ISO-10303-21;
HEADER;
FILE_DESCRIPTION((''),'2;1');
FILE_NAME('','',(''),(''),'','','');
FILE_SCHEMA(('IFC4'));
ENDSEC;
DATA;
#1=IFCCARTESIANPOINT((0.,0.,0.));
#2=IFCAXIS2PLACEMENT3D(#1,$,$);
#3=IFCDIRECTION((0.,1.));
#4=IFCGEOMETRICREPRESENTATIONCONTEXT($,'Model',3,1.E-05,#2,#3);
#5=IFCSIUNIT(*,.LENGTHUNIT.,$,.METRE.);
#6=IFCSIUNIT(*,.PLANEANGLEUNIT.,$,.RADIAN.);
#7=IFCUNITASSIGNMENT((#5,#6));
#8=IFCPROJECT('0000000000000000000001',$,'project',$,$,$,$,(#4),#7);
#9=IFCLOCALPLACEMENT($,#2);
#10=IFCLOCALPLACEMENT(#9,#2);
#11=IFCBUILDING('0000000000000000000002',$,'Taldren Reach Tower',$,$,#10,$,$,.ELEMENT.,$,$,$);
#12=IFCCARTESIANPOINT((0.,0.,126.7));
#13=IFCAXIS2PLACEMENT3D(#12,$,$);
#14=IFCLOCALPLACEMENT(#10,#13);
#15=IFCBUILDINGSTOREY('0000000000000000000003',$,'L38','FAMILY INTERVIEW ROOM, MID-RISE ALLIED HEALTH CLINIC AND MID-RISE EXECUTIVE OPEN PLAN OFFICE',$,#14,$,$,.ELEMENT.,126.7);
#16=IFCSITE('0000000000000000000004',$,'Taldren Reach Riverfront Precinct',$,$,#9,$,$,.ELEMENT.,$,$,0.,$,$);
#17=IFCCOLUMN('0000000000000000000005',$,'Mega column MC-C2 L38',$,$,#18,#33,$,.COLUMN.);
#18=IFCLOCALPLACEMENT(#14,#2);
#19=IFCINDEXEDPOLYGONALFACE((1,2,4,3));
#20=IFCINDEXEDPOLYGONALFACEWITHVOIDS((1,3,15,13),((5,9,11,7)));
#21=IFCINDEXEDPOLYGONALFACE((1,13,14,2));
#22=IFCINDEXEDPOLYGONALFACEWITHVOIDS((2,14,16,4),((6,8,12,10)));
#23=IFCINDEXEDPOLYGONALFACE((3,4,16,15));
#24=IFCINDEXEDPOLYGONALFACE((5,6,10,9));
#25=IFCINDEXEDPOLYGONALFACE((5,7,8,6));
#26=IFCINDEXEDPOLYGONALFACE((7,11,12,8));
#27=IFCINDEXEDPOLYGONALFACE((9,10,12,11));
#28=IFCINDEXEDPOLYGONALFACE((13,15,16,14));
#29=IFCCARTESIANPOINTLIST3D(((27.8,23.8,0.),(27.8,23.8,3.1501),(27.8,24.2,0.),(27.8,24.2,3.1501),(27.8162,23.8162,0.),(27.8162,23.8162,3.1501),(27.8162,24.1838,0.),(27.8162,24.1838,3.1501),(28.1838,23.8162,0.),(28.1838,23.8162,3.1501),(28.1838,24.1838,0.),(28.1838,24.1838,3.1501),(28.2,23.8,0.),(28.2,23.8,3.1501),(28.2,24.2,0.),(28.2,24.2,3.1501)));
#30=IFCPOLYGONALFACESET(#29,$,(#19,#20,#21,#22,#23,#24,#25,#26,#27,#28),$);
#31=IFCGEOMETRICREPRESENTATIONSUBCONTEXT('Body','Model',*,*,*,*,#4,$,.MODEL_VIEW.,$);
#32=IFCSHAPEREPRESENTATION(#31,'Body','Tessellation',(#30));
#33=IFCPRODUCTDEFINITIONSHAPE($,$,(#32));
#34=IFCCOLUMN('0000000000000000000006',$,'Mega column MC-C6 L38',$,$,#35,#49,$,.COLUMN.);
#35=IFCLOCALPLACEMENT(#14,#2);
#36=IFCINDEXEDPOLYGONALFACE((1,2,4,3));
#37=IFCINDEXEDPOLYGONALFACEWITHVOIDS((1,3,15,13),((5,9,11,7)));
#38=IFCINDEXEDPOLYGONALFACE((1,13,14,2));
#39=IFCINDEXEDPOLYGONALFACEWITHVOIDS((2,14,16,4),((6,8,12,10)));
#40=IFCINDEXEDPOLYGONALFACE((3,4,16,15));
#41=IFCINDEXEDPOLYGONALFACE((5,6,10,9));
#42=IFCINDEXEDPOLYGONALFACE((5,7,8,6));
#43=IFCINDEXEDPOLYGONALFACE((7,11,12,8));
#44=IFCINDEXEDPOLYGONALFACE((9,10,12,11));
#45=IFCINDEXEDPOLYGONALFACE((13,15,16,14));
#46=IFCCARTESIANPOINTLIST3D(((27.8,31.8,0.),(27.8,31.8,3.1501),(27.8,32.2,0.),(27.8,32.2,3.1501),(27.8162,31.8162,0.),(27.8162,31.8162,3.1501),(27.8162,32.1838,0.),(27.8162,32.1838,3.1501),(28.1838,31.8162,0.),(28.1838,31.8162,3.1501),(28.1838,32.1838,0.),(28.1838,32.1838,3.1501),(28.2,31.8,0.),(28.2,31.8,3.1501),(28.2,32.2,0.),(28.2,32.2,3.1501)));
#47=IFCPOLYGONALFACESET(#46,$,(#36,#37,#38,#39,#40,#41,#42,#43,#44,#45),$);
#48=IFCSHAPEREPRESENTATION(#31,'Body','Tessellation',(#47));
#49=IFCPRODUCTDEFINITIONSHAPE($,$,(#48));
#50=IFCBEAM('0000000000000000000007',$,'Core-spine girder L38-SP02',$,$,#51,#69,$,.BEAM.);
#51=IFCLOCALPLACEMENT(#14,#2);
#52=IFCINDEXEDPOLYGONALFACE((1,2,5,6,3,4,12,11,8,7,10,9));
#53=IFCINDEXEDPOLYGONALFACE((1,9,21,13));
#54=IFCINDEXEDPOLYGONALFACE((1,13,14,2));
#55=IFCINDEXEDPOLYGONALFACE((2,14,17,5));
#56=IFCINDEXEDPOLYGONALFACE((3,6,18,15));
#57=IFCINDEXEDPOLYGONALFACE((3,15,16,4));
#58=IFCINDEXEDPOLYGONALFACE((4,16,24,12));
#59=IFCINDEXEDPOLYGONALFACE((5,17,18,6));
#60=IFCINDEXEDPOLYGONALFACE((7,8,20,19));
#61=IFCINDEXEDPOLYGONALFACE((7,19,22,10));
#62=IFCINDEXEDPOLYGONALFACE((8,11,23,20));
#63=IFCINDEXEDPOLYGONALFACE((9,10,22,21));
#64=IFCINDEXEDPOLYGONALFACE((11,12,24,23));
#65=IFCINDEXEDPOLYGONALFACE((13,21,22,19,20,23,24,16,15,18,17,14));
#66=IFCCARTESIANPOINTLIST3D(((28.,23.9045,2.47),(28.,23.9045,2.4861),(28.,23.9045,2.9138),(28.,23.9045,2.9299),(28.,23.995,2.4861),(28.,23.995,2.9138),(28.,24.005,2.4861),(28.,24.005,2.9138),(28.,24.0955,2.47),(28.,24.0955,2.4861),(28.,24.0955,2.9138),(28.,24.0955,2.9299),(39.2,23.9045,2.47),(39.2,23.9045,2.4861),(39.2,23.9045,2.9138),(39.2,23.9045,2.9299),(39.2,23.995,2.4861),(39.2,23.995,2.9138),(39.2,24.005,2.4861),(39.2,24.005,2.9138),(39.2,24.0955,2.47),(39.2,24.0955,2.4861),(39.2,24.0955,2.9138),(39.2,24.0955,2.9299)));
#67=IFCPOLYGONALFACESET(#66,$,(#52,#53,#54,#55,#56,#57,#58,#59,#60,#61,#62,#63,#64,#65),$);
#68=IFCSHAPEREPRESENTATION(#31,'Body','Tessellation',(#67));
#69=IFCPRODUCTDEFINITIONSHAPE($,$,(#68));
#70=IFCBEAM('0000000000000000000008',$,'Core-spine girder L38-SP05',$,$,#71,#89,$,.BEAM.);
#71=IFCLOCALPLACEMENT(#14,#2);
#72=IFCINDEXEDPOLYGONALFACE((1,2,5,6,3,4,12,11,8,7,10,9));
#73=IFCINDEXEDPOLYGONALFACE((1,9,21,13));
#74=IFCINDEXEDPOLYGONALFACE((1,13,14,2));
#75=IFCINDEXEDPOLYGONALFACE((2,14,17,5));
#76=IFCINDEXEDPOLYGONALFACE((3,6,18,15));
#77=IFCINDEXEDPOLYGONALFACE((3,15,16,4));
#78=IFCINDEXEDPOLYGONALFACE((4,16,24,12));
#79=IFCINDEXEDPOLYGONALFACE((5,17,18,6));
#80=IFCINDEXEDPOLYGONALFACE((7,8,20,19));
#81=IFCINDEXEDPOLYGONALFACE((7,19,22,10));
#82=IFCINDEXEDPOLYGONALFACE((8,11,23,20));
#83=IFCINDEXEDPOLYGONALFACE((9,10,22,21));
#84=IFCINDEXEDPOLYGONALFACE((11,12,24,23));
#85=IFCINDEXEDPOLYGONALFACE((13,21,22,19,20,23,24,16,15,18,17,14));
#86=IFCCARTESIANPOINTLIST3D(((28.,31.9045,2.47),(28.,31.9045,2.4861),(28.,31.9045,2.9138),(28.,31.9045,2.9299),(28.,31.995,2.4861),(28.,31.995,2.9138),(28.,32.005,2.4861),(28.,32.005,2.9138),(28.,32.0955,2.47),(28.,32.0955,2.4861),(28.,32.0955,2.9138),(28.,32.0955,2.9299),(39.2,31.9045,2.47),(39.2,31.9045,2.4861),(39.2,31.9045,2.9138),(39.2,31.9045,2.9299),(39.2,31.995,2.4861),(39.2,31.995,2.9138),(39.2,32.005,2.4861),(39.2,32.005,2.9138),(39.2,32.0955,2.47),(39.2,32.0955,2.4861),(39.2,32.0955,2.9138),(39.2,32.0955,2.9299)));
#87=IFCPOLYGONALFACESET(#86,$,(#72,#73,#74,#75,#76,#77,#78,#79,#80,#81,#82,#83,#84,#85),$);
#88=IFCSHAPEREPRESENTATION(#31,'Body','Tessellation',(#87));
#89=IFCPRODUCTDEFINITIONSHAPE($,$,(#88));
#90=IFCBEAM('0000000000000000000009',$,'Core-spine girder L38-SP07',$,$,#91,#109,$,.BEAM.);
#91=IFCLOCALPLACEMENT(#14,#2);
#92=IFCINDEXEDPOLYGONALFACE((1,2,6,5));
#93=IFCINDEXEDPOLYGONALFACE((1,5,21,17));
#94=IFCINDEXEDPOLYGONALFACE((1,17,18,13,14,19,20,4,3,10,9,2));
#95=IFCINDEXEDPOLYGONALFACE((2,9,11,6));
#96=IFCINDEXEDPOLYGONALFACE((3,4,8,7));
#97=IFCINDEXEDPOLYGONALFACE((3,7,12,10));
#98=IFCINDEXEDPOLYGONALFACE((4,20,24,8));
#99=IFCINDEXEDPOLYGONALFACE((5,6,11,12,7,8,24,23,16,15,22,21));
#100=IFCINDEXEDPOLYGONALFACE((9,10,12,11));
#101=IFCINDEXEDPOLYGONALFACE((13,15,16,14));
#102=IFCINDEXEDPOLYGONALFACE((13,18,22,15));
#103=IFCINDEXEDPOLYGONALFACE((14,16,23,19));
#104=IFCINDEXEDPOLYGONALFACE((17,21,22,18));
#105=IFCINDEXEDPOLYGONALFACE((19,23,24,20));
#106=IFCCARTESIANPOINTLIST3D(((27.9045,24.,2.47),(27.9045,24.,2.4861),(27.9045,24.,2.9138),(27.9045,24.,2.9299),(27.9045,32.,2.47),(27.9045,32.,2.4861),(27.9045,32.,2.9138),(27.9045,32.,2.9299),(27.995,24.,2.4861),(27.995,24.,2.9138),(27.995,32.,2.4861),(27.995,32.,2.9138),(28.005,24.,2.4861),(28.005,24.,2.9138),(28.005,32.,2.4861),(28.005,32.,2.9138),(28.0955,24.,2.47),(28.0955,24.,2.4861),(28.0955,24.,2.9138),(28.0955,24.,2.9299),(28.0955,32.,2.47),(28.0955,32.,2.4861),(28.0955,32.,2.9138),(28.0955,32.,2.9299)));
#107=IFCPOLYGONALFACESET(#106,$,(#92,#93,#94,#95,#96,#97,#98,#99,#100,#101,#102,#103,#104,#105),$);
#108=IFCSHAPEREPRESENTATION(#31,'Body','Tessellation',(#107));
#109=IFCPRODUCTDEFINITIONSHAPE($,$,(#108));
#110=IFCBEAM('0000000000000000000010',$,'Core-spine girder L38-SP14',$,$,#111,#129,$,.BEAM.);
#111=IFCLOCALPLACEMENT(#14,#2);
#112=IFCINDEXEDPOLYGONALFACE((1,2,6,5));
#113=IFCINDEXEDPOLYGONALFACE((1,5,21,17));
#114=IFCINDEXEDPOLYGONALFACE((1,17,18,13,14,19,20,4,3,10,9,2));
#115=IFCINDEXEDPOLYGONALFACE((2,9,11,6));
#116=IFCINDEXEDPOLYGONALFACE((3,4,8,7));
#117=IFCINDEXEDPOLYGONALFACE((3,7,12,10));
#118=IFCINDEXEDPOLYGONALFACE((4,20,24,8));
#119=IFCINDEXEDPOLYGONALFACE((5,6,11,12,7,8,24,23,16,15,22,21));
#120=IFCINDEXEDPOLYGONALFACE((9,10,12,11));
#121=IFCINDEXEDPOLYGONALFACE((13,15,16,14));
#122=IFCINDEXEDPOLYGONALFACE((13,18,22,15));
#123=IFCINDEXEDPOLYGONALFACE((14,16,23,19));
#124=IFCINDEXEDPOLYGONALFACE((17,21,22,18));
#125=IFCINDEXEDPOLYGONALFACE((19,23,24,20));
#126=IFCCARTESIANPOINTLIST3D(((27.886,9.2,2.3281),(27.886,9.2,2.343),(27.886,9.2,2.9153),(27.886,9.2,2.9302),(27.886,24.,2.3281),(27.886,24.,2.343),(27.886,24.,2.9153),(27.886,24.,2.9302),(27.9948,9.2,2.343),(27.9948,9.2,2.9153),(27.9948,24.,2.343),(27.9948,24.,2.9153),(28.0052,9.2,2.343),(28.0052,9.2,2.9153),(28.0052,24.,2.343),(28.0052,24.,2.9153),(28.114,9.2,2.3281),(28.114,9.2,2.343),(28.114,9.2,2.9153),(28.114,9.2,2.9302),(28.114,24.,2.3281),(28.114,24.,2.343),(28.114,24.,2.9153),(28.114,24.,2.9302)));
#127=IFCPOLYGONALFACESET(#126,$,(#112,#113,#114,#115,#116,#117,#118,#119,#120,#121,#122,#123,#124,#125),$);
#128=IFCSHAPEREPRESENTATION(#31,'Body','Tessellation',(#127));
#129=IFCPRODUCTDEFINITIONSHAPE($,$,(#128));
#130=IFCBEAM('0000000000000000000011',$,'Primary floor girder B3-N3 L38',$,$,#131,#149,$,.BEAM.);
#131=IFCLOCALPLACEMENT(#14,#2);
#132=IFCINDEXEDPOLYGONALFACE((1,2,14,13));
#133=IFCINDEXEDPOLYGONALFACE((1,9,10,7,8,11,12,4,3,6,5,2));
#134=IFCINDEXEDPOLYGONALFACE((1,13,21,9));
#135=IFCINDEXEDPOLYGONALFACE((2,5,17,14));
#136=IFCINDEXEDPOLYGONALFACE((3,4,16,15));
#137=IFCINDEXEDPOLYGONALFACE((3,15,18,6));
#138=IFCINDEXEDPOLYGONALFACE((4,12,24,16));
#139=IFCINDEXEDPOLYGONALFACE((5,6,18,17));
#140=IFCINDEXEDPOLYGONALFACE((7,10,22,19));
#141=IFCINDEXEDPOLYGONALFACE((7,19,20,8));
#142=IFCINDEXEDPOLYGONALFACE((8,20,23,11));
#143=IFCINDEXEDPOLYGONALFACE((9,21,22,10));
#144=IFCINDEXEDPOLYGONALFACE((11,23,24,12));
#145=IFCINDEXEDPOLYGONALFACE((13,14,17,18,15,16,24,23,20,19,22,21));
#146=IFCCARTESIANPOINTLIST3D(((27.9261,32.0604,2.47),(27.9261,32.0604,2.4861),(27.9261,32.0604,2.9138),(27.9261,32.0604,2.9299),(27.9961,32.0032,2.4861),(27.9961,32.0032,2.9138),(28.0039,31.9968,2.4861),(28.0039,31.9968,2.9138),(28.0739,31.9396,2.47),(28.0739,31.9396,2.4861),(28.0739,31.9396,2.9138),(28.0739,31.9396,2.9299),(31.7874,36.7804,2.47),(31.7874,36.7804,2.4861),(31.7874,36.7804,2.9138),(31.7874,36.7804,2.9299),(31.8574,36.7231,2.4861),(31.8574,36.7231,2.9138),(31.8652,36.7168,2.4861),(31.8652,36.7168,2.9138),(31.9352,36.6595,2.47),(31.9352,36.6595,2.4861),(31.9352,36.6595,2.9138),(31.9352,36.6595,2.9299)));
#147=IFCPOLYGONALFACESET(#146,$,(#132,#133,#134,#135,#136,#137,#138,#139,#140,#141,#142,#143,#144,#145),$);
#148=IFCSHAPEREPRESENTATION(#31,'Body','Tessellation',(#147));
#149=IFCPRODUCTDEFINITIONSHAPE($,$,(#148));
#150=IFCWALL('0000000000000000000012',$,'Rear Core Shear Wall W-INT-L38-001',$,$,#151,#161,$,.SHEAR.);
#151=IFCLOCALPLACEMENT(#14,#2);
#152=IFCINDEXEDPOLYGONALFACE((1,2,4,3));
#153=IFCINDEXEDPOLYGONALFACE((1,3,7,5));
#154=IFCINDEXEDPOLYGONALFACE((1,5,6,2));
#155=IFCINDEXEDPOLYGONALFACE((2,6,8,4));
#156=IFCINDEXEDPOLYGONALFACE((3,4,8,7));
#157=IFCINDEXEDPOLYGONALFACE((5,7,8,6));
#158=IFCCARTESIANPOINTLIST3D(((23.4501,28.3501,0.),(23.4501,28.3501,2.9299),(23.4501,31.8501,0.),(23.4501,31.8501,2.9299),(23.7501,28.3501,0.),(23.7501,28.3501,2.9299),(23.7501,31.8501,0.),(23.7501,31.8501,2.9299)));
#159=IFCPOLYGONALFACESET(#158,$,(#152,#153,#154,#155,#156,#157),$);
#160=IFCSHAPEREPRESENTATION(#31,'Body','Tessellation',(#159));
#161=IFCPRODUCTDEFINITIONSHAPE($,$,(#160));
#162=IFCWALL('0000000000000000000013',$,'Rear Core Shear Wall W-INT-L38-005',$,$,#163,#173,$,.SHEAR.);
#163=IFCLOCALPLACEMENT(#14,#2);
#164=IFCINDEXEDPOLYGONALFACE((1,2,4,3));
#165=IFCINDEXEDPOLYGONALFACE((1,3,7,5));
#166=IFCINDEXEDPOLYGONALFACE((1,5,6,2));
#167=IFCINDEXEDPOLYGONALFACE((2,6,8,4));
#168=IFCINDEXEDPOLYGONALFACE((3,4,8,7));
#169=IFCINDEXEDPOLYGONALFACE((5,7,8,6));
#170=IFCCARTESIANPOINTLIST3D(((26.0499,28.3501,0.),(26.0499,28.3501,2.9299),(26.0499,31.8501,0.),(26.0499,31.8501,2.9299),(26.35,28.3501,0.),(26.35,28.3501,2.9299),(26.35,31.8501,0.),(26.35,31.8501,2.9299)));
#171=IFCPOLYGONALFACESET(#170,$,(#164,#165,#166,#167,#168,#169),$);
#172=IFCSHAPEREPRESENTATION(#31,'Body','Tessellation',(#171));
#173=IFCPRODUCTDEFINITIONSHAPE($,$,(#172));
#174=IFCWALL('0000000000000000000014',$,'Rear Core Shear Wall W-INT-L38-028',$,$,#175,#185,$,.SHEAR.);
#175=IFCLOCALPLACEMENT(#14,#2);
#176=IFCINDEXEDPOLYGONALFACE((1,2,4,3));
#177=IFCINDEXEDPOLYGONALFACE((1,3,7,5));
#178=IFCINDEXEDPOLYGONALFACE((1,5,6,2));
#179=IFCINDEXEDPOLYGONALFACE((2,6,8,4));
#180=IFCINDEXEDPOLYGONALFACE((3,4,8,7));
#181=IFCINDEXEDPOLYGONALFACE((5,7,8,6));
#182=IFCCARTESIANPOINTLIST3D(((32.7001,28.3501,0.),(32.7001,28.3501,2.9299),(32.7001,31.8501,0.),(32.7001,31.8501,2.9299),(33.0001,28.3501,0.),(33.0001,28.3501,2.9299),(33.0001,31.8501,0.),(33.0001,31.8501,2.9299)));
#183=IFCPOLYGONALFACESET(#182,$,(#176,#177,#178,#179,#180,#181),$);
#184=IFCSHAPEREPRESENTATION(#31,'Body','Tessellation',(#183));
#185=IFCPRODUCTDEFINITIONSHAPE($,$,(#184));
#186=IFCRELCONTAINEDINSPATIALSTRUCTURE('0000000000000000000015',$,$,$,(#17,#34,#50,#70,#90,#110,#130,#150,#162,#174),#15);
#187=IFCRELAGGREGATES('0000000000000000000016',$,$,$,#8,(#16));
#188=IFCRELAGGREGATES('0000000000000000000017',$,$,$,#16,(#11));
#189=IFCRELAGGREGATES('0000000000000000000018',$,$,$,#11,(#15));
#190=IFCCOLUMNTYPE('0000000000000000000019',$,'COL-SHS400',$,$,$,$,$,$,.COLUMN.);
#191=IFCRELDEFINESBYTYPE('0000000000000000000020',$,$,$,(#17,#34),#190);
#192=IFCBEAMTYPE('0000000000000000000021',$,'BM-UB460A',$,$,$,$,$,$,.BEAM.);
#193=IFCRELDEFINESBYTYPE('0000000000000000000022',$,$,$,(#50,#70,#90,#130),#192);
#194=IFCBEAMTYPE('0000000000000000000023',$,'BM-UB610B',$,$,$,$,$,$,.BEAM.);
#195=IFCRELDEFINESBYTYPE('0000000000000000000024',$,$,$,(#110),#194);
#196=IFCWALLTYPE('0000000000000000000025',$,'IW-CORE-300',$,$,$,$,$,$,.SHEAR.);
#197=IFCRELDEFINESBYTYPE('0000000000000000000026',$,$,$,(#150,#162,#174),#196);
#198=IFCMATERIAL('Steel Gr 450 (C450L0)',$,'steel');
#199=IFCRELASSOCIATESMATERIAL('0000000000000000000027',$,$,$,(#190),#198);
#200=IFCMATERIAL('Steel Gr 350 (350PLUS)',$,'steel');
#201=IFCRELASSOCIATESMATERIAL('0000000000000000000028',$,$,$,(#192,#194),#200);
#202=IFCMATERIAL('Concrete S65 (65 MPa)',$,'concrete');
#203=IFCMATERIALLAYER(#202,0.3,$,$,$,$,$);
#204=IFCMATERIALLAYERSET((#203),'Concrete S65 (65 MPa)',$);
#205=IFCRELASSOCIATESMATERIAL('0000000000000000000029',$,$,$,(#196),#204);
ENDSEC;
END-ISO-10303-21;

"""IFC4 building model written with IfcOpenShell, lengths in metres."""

from ifc_helpers import new_model, si_unit, direction, frame, frame_2d, origin, origin_2d, place, context, subcontext, project, spatial, rectangle, hollow_rectangle, i_section, extrude, source, transform, mapped, material, layer, layer_set, material_profile, profile_set, type_object, element, save


model = new_model("IFC4")

# Units and contexts
model_context = context("Model", 3, precision=1e-05, world=origin(), true_north=direction((0.0, 1.0)))
body_context = subcontext(model_context, "Body", "Model", "MODEL_VIEW")
ifc_project = project(units=[si_unit("LENGTHUNIT", "METRE"), si_unit("PLANEANGLEUNIT", "RADIAN")], contexts=[model_context])

# Site, building, storey
site_placement = place(None, origin())
site = spatial("IfcSite", under=ifc_project, at=site_placement, Name="Taldren Reach Riverfront Precinct", CompositionType="ELEMENT", RefElevation=0.0)
building_placement = place(site_placement, origin())
building = spatial("IfcBuilding", under=site, at=building_placement, Name="Taldren Reach Tower", CompositionType="ELEMENT")
storey_placement = place(building_placement, frame((0.0, 0.0, 126.7)))
storey = spatial("IfcBuildingStorey", under=building, at=storey_placement, Name="L38", Description="FAMILY INTERVIEW ROOM, MID-RISE ALLIED HEALTH CLINIC AND MID-RISE EXECUTIVE OPEN PLAN OFFICE", CompositionType="ELEMENT", Elevation=126.7)

# Columns
ifc_material_1 = material(Name="Steel Gr 450 (C450L0)", Category="steel")
ifc_material_profile_1 = material_profile(ifc_material_1, hollow_rectangle(XDim=0.3999, YDim=0.3999, WallThickness=0.0161, at=origin_2d()), Name="400x400x16.0SHS")
ifc_profile_set_1 = profile_set([ifc_material_profile_1], Name="Steel Gr 450 (C450L0)")
column_type = type_object("IfcColumnType", Name="COL-SHS400", PredefinedType="COLUMN", material=ifc_profile_set_1)
shared_shape_1 = source(origin(), body_context, "Body", "SweptSolid", [
    extrude(hollow_rectangle(XDim=0.3999, YDim=0.3999, WallThickness=0.0161, at=origin_2d()), origin(), (0.0, 0.0, 1.0), 3.1501),
])
for number, where, z_axis, x_axis, name in (
    (1, (28.0, 24.0, 0.0), (0.0, 0.0, 1.0), (1.0, 0.0, 0.0), "Mega column MC-C2 L38"),
    (2, (28.0, 32.0, 0.0), (0.0, 0.0, 1.0), (1.0, 0.0, 0.0), "Mega column MC-C6 L38"),
):
    element("IfcColumn", number, at=place(storey_placement, frame(where, z_axis=z_axis, x_axis=x_axis)), inside=storey, type_object=column_type, Name=name, PredefinedType="COLUMN", context=body_context, shape_type="MappedRepresentation", body=[
        mapped(shared_shape_1, transform((0.0, 0.0, 0.0), scale=1.0)),
    ])

# Beams
ifc_material_2 = material(Name="Steel Gr 350 (350PLUS)", Category="steel")
ifc_material_profile_2 = material_profile(ifc_material_2, i_section(OverallWidth=0.1909, OverallDepth=0.46, WebThickness=0.01, FlangeThickness=0.0161, at=origin_2d()), Name="460UB82.1")
ifc_profile_set_2 = profile_set([ifc_material_profile_2], Name="Steel Gr 350 (350PLUS)")
beam_type_1 = type_object("IfcBeamType", Name="BM-UB460A", PredefinedType="BEAM", material=ifc_profile_set_2)
shared_shape_2 = source(origin(), body_context, "Body", "SweptSolid", [
    extrude(i_section(OverallWidth=0.1909, OverallDepth=0.46, WebThickness=0.01, FlangeThickness=0.0161, at=origin_2d()), origin(), (0.0, 0.0, 1.0), 11.2),
])
for number, where, z_axis, x_axis, name in (
    (3, (28.0, 24.0, 2.7), (1.0, 0.0, 0.0), (0.0, 1.0, 0.0), "Core-spine girder L38-SP02"),
    (4, (28.0, 32.0, 2.7), (1.0, 0.0, 0.0), (0.0, 1.0, 0.0), "Core-spine girder L38-SP05"),
):
    element("IfcBeam", number, at=place(storey_placement, frame(where, z_axis=z_axis, x_axis=x_axis)), inside=storey, type_object=beam_type_1, Name=name, PredefinedType="BEAM", context=body_context, shape_type="MappedRepresentation", body=[
        mapped(shared_shape_2, transform((0.0, 0.0, 0.0), scale=1.0)),
    ])
shared_shape_3 = source(origin(), body_context, "Body", "SweptSolid", [
    extrude(i_section(OverallWidth=0.1909, OverallDepth=0.46, WebThickness=0.01, FlangeThickness=0.0161, at=origin_2d()), origin(), (0.0, 0.0, 1.0), 8.0),
])
beam_1_placement = place(storey_placement, frame((28.0, 24.0, 2.7), z_axis=(0.0, 1.0, 0.0), x_axis=(-1.0, 0.0, 0.0)))
element("IfcBeam", 5, at=beam_1_placement, inside=storey, type_object=beam_type_1, Name="Core-spine girder L38-SP07", PredefinedType="BEAM", context=body_context, shape_type="MappedRepresentation", body=[
    mapped(shared_shape_3, transform((0.0, 0.0, 0.0), scale=1.0)),
])
ifc_material_profile_3 = material_profile(ifc_material_2, i_section(OverallWidth=0.228, OverallDepth=0.6021, WebThickness=0.0105, FlangeThickness=0.0149, at=origin_2d()), Name="610UB101")
ifc_profile_set_3 = profile_set([ifc_material_profile_3], Name="Steel Gr 350 (350PLUS)")
beam_type_2 = type_object("IfcBeamType", Name="BM-UB610B", PredefinedType="BEAM", material=ifc_profile_set_3)
shared_shape_4 = source(origin(), body_context, "Body", "SweptSolid", [
    extrude(i_section(OverallWidth=0.228, OverallDepth=0.6021, WebThickness=0.0105, FlangeThickness=0.0149, at=origin_2d()), origin(), (0.0, 0.0, 1.0), 14.8),
])
beam_2_placement = place(storey_placement, frame((28.0, 24.0, 2.6292), z_axis=(0.0, -1.0, 0.0), x_axis=(1.0, 0.0, 0.0)))
element("IfcBeam", 6, at=beam_2_placement, inside=storey, type_object=beam_type_2, Name="Core-spine girder L38-SP14", PredefinedType="BEAM", context=body_context, shape_type="MappedRepresentation", body=[
    mapped(shared_shape_4, transform((0.0, 0.0, 0.0), scale=1.0)),
])
shared_shape_5 = source(origin(), body_context, "Body", "SweptSolid", [
    extrude(i_section(OverallWidth=0.1909, OverallDepth=0.46, WebThickness=0.01, FlangeThickness=0.0161, at=origin_2d()), origin(), (0.0, 0.0, 1.0), 6.0981),
])
beam_3_placement = place(storey_placement, frame((28.0, 32.0, 2.7), z_axis=(0.633192, 0.773995, 0.0), x_axis=(-0.773995, 0.633192, 0.0)))
element("IfcBeam", 7, at=beam_3_placement, inside=storey, type_object=beam_type_1, Name="Primary floor girder B3-N3 L38", PredefinedType="BEAM", context=body_context, shape_type="MappedRepresentation", body=[
    mapped(shared_shape_5, transform((0.0, 0.0, 0.0), scale=1.0)),
])

# Walls
ifc_material_3 = material(Name="Concrete S65 (65 MPa)", Category="concrete")
ifc_layer_1 = layer(ifc_material_3, 0.3)
ifc_layer_set_1 = layer_set([ifc_layer_1], Name="Concrete S65 (65 MPa)")
wall_type_1 = type_object("IfcWallType", Name="IW-CORE-300", PredefinedType="SHEAR", material=ifc_layer_set_1)
shared_shape_6 = source(origin(), body_context, "Body", "SweptSolid", [
    extrude(rectangle(XDim=3.5, YDim=0.3, at=frame_2d((1.75, 0.0))), origin(), (0.0, 0.0, 1.0), 2.9299),
])
for number, where, z_axis, x_axis, name in (
    (8, (23.6001, 28.3501, 0.0), (0.0, 0.0, 1.0), (0.0, 1.0, 0.0), "Rear Core Shear Wall W-INT-L38-001"),
    (9, (26.2, 28.3501, 0.0), (0.0, 0.0, 1.0), (0.0, 1.0, 0.0), "Rear Core Shear Wall W-INT-L38-005"),
    (10, (32.8501, 31.8501, 0.0), (0.0, 0.0, 1.0), (0.0, -1.0, 0.0), "Rear Core Shear Wall W-INT-L38-028"),
):
    element("IfcWall", number, at=place(storey_placement, frame(where, z_axis=z_axis, x_axis=x_axis)), inside=storey, type_object=wall_type_1, Name=name, PredefinedType="SHEAR", context=body_context, shape_type="MappedRepresentation", body=[
        mapped(shared_shape_6, transform((0.0, 0.0, 0.0), scale=1.0)),
    ])

save(model, "model.ifc")
